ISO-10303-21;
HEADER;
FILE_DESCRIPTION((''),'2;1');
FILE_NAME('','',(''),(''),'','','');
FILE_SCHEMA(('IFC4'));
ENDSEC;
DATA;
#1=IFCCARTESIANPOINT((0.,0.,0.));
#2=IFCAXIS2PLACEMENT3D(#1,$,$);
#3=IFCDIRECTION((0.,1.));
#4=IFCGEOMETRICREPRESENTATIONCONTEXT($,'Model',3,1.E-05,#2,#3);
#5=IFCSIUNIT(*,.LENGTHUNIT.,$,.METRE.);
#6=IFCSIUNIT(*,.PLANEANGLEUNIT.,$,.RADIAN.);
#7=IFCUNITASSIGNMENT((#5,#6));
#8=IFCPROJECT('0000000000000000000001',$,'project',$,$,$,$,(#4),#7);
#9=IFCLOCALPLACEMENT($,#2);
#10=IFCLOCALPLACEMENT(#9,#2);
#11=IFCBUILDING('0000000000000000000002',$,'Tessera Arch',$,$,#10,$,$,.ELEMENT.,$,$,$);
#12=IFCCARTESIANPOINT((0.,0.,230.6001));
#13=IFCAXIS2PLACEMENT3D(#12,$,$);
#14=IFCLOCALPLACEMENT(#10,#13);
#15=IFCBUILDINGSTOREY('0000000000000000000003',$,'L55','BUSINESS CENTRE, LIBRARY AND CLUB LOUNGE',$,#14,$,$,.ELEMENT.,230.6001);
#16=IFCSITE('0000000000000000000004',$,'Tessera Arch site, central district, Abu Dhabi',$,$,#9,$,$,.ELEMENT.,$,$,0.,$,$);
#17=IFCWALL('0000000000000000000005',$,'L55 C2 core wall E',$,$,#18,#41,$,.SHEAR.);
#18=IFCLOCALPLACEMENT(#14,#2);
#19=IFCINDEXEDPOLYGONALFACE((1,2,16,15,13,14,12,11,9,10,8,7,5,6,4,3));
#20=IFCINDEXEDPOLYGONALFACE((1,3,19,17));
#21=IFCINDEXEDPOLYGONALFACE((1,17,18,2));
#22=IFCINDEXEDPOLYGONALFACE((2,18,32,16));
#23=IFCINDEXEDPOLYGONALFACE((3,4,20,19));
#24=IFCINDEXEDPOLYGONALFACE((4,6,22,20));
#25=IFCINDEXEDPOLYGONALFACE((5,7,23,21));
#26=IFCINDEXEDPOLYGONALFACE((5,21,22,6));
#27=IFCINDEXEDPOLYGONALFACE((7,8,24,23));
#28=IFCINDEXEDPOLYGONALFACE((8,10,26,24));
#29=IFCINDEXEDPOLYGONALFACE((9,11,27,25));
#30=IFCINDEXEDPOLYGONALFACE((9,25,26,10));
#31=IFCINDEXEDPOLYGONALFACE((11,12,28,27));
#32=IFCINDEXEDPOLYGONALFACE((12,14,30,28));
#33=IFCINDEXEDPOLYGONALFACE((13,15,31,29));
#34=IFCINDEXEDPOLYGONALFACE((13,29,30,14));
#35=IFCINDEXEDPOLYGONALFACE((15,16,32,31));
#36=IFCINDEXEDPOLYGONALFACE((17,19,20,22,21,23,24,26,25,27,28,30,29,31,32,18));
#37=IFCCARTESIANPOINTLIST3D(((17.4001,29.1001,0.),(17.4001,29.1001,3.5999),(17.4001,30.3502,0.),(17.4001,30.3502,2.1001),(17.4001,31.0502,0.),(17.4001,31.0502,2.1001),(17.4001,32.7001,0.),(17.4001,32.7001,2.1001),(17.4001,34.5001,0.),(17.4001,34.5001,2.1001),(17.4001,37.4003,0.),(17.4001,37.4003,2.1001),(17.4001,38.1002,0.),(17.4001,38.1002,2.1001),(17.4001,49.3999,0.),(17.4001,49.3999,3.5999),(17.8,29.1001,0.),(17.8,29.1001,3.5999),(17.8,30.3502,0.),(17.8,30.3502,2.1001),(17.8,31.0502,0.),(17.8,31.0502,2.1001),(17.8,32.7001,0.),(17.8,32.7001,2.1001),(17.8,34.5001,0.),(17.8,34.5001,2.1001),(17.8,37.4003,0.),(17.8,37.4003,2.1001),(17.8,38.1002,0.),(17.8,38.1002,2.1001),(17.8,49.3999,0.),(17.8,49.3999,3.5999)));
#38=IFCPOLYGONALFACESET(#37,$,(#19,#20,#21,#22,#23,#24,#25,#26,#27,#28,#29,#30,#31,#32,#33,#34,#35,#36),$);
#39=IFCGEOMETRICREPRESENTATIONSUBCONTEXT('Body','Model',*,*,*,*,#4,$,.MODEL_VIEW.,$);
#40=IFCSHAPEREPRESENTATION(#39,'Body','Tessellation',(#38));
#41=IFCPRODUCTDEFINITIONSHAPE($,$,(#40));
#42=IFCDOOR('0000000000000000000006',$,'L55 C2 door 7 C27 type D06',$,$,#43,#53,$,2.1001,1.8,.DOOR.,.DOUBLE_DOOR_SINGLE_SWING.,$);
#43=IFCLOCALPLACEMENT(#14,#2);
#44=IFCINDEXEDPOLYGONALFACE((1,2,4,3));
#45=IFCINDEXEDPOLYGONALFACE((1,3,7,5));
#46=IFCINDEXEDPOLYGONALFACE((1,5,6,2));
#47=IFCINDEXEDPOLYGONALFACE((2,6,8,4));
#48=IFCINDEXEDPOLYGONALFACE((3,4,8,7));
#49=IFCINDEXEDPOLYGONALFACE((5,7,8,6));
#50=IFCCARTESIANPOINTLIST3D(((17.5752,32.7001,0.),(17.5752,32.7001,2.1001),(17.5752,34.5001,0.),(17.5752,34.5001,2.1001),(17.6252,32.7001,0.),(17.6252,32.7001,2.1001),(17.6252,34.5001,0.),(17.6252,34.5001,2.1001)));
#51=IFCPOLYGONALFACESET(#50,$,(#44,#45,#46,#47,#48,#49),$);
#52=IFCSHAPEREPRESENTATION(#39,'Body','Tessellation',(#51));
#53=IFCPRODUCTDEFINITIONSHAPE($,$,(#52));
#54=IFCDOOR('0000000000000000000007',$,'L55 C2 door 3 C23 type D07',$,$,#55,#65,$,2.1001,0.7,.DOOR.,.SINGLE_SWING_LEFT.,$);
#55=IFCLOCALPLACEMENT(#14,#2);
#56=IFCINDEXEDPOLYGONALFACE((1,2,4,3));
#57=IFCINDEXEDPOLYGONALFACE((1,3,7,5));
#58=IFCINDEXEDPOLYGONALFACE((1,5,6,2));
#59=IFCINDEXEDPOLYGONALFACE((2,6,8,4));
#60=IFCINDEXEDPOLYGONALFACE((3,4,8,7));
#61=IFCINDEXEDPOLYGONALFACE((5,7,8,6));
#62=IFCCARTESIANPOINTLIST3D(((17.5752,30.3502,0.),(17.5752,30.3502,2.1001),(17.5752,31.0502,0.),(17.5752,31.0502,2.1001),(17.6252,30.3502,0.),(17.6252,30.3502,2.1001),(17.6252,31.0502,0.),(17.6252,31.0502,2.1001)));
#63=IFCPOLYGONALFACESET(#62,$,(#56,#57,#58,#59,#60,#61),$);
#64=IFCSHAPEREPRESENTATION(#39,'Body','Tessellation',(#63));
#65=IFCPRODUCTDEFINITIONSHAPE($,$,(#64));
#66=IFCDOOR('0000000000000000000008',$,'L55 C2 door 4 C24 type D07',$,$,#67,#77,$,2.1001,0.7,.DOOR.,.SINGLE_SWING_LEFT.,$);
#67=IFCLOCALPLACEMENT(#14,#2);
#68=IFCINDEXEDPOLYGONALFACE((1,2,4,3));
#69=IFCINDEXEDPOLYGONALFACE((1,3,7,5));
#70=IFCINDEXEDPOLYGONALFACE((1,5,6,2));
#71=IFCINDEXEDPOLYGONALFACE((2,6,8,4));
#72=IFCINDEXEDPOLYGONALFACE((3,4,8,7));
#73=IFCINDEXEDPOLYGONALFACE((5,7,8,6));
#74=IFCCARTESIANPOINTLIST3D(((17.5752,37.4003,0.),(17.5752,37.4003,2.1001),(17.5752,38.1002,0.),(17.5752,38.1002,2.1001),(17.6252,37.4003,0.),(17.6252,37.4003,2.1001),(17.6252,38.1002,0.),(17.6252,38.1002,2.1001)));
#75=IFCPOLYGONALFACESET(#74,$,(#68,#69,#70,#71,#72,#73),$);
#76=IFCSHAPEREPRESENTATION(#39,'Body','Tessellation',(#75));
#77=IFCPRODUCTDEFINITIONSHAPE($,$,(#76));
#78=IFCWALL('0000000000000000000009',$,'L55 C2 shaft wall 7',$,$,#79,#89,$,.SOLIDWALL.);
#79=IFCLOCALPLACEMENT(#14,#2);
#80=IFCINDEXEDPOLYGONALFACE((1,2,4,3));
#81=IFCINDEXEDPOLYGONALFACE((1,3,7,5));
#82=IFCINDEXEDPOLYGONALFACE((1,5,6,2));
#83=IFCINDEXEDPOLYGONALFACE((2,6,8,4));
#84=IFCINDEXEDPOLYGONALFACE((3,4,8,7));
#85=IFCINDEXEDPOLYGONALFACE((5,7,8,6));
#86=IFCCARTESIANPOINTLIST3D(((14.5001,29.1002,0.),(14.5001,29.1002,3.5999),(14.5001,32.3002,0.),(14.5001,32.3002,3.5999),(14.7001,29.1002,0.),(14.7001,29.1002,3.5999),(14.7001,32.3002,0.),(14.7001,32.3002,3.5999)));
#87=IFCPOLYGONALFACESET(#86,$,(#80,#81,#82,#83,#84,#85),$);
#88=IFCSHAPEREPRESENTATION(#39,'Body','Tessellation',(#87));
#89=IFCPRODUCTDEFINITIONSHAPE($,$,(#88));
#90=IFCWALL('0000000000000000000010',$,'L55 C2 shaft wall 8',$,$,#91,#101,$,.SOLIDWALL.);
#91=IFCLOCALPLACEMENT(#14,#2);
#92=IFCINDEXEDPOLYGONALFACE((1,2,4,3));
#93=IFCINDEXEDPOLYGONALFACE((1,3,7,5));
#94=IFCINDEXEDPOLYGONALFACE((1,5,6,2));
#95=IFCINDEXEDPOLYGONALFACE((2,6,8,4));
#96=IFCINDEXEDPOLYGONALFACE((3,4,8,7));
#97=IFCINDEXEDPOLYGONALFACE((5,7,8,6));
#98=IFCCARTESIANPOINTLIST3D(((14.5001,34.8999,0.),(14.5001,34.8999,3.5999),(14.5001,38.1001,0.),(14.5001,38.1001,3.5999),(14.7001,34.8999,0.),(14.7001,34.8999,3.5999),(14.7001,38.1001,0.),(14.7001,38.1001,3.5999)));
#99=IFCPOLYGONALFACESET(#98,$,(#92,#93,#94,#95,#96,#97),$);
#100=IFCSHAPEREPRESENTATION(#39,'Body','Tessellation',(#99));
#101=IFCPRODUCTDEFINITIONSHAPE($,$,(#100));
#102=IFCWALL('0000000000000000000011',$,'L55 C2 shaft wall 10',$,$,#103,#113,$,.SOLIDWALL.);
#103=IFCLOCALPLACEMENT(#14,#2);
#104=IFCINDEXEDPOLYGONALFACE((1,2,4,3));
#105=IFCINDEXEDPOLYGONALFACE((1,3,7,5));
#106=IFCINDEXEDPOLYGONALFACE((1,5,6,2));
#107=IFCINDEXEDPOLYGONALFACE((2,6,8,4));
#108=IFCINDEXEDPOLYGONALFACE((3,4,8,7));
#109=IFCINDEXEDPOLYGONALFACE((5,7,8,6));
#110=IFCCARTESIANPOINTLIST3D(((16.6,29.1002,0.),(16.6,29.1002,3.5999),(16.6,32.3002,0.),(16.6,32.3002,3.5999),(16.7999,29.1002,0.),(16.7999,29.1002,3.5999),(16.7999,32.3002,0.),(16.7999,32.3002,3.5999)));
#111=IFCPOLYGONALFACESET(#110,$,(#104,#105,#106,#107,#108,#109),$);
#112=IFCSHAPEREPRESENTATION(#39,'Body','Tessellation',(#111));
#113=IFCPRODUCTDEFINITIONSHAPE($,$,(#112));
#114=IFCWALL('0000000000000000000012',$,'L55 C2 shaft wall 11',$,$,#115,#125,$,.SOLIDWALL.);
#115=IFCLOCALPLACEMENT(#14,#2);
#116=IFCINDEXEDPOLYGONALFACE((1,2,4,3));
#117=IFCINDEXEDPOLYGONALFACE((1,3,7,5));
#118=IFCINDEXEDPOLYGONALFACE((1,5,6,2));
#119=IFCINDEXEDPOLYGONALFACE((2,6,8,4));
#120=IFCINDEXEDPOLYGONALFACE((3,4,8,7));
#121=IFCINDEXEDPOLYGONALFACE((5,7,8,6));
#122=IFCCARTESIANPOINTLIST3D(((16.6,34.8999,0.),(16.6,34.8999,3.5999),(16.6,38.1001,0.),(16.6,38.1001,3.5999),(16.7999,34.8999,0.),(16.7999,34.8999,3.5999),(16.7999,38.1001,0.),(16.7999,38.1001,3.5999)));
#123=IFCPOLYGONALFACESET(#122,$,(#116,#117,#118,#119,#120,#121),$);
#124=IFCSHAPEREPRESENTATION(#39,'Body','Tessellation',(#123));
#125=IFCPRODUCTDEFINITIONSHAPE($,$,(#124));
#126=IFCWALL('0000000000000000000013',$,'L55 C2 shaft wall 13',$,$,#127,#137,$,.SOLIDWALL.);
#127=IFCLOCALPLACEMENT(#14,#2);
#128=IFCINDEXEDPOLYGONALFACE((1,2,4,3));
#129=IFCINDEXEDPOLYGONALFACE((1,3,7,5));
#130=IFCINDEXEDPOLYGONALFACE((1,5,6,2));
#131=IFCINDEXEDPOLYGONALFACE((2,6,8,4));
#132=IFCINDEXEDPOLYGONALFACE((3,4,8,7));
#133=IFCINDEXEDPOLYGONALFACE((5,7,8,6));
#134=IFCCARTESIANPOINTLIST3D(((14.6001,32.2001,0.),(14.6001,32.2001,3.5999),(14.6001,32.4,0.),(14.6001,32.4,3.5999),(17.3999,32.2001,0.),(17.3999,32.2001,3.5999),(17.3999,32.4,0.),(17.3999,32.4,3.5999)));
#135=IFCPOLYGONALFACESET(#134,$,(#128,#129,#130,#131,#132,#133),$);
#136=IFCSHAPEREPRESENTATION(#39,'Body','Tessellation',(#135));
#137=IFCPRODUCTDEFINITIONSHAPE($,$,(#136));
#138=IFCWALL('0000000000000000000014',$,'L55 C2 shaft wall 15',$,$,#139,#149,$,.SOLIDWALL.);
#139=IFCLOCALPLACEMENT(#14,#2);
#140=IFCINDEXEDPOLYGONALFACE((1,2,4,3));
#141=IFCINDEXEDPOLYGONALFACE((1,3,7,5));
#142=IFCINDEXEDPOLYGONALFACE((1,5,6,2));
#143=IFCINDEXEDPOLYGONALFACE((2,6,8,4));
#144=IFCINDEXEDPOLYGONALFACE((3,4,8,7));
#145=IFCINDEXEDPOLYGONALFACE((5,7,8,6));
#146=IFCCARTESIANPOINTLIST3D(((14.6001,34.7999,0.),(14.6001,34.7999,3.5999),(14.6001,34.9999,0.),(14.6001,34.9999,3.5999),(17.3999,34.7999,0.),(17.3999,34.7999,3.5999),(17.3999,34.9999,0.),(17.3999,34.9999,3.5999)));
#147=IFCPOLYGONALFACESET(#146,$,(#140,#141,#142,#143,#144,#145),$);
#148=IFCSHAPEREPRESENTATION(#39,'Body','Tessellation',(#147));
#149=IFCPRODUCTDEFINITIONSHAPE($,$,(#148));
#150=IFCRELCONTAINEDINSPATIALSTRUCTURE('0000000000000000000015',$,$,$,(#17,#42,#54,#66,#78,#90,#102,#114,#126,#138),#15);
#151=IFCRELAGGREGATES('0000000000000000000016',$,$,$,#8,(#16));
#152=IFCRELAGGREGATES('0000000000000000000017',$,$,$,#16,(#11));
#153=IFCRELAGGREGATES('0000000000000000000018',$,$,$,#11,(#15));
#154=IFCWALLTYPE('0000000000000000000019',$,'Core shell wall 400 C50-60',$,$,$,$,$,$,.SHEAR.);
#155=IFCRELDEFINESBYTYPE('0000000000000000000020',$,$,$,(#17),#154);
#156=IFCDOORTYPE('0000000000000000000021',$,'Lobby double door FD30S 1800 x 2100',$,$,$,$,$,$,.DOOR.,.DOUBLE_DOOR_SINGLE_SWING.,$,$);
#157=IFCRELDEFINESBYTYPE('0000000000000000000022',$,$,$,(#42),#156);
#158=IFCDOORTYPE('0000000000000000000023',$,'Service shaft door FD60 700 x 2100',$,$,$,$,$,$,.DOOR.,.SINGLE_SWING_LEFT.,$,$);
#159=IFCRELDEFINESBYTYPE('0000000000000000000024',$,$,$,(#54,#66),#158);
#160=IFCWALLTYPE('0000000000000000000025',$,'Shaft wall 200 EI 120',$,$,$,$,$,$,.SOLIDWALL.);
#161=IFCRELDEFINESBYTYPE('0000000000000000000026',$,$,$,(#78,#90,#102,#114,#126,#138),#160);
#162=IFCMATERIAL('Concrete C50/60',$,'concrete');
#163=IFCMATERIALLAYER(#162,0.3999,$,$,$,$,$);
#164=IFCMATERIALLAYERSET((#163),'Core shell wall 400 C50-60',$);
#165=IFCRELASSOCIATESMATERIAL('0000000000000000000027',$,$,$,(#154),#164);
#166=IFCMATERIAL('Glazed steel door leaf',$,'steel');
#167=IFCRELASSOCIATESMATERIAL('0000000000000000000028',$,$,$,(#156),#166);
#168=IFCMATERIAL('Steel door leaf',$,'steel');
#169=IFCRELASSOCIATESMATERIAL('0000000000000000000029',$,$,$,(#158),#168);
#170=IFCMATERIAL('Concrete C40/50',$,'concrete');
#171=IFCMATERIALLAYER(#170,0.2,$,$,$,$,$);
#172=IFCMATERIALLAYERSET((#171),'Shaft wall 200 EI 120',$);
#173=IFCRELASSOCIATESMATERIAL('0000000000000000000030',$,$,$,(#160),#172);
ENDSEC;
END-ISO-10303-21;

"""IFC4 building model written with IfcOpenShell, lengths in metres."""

from ifc_helpers import new_model, si_unit, direction, frame, frame_2d, origin, place, context, subcontext, project, spatial, rectangle, extrude, material, layer, layer_set, type_object, element, fill, save


model = new_model("IFC4")

# Units and contexts
model_context = context("Model", 3, precision=1e-05, world=origin(), true_north=direction((0.0, 1.0)))
body_context = subcontext(model_context, "Body", "Model", "MODEL_VIEW")
ifc_project = project(units=[si_unit("LENGTHUNIT", "METRE"), si_unit("PLANEANGLEUNIT", "RADIAN")], contexts=[model_context])

# Site, building, storey
site_placement = place(None, origin())
site = spatial("IfcSite", under=ifc_project, at=site_placement, Name="Tessera Arch site, central district, Abu Dhabi", CompositionType="ELEMENT", RefElevation=0.0)
building_placement = place(site_placement, origin())
building = spatial("IfcBuilding", under=site, at=building_placement, Name="Tessera Arch", CompositionType="ELEMENT")
storey_placement = place(building_placement, frame((0.0, 0.0, 230.6001)))
storey = spatial("IfcBuildingStorey", under=building, at=storey_placement, Name="L55", Description="BUSINESS CENTRE, LIBRARY AND CLUB LOUNGE", CompositionType="ELEMENT", Elevation=230.6001)

# Wall, openings, doors
ifc_material_1 = material(Name="Concrete C50/60", Category="concrete")
ifc_layer_1 = layer(ifc_material_1, 0.3999)
ifc_layer_set_1 = layer_set([ifc_layer_1], Name="Core shell wall 400 C50-60")
wall_type_1 = type_object("IfcWallType", Name="Core shell wall 400 C50-60", PredefinedType="SHEAR", material=ifc_layer_set_1)
wall_1_placement = place(storey_placement, frame((17.6001, 29.1001, 0.0), z_axis=(0.0, 0.0, 1.0), x_axis=(0.0, 1.0, 0.0)))
wall_1 = element("IfcWall", 1, at=wall_1_placement, inside=storey, type_object=wall_type_1, Name="L55 C2 core wall E", PredefinedType="SHEAR", context=body_context, shape_type="SweptSolid", body=[
    extrude(rectangle(XDim=20.2998, YDim=0.3999, at=frame_2d((10.1499, 0.0))), origin(), (0.0, 0.0, 1.0), 3.5999),
])
opening_1_placement = place(wall_1_placement, frame((1.25, 0.0, 0.0)))
opening_1 = element("IfcOpeningElement", 2, at=opening_1_placement, cuts=wall_1, PredefinedType="OPENING", context=body_context, shape_type="SweptSolid", body=[
    extrude(rectangle(XDim=0.7, YDim=2.1001, at=frame_2d((0.3501, 1.05))), frame((0.0, 0.21, 0.0), z_axis=(0.0, -1.0, 0.0), x_axis=(1.0, 0.0, 0.0)), (0.0, 0.0, 1.0), 0.4199),
])
opening_2_placement = place(wall_1_placement, frame((8.3, 0.0, 0.0)))
opening_2 = element("IfcOpeningElement", 3, at=opening_2_placement, cuts=wall_1, PredefinedType="OPENING", context=body_context, shape_type="SweptSolid", body=[
    extrude(rectangle(XDim=0.7, YDim=2.1001, at=frame_2d((0.3501, 1.05))), frame((0.0, 0.21, 0.0), z_axis=(0.0, -1.0, 0.0), x_axis=(1.0, 0.0, 0.0)), (0.0, 0.0, 1.0), 0.4199),
])
opening_3_placement = place(wall_1_placement, frame((3.6001, 0.0, 0.0)))
opening_3 = element("IfcOpeningElement", 4, at=opening_3_placement, cuts=wall_1, PredefinedType="OPENING", context=body_context, shape_type="SweptSolid", body=[
    extrude(rectangle(XDim=1.8, YDim=2.1001, at=frame_2d((0.8999, 1.05))), frame((0.0, 0.21, 0.0), z_axis=(0.0, -1.0, 0.0), x_axis=(1.0, 0.0, 0.0)), (0.0, 0.0, 1.0), 0.4199),
])
ifc_material_2 = material(Name="Glazed steel door leaf", Category="steel")
door_type_1 = type_object("IfcDoorType", Name="Lobby double door FD30S 1800 x 2100", OperationType="DOUBLE_DOOR_SINGLE_SWING", PredefinedType="DOOR", material=ifc_material_2)
door_1_placement = place(opening_3_placement, origin())
door_1 = element("IfcDoor", 5, at=door_1_placement, inside=storey, type_object=door_type_1, Name="L55 C2 door 7 C27 type D06", OperationType="DOUBLE_DOOR_SINGLE_SWING", OverallHeight=2.1001, OverallWidth=1.8, PredefinedType="DOOR", context=body_context, shape_type="SweptSolid", body=[
    extrude(rectangle(XDim=1.8, YDim=2.1001, at=frame_2d((0.8999, 1.05))), frame((0.0, 0.0249, 0.0), z_axis=(0.0, -1.0, 0.0), x_axis=(1.0, 0.0, 0.0)), (0.0, 0.0, 1.0), 0.05),
])
fill(opening_3, door_1)
ifc_material_3 = material(Name="Steel door leaf", Category="steel")
door_type_2 = type_object("IfcDoorType", Name="Service shaft door FD60 700 x 2100", OperationType="SINGLE_SWING_LEFT", PredefinedType="DOOR", material=ifc_material_3)
door_2_placement = place(opening_1_placement, origin())
door_2 = element("IfcDoor", 6, at=door_2_placement, inside=storey, type_object=door_type_2, Name="L55 C2 door 3 C23 type D07", OperationType="SINGLE_SWING_LEFT", OverallHeight=2.1001, OverallWidth=0.7, PredefinedType="DOOR", context=body_context, shape_type="SweptSolid", body=[
    extrude(rectangle(XDim=0.7, YDim=2.1001, at=frame_2d((0.3501, 1.05))), frame((0.0, 0.0249, 0.0), z_axis=(0.0, -1.0, 0.0), x_axis=(1.0, 0.0, 0.0)), (0.0, 0.0, 1.0), 0.05),
])
fill(opening_1, door_2)
door_3_placement = place(opening_2_placement, origin())
door_3 = element("IfcDoor", 7, at=door_3_placement, inside=storey, type_object=door_type_2, Name="L55 C2 door 4 C24 type D07", OperationType="SINGLE_SWING_LEFT", OverallHeight=2.1001, OverallWidth=0.7, PredefinedType="DOOR", context=body_context, shape_type="SweptSolid", body=[
    extrude(rectangle(XDim=0.7, YDim=2.1001, at=frame_2d((0.3501, 1.05))), frame((0.0, 0.0249, 0.0), z_axis=(0.0, -1.0, 0.0), x_axis=(1.0, 0.0, 0.0)), (0.0, 0.0, 1.0), 0.05),
])
fill(opening_2, door_3)

# Walls
ifc_material_4 = material(Name="Concrete C40/50", Category="concrete")
ifc_layer_2 = layer(ifc_material_4, 0.2)
ifc_layer_set_2 = layer_set([ifc_layer_2], Name="Shaft wall 200 EI 120")
wall_type_2 = type_object("IfcWallType", Name="Shaft wall 200 EI 120", PredefinedType="SOLIDWALL", material=ifc_layer_set_2)
wall_2_placement = place(storey_placement, frame((14.6001, 29.1001, 0.0), z_axis=(0.0, 0.0, 1.0), x_axis=(0.0, 1.0, 0.0)))
element("IfcWall", 8, at=wall_2_placement, inside=storey, type_object=wall_type_2, Name="L55 C2 shaft wall 7", PredefinedType="SOLIDWALL", context=body_context, shape_type="SweptSolid", body=[
    extrude(rectangle(XDim=3.2, YDim=0.2, at=frame_2d((1.6001, 0.0))), origin(), (0.0, 0.0, 1.0), 3.5999),
])
wall_3_placement = place(storey_placement, frame((14.6001, 34.8999, 0.0), z_axis=(0.0, 0.0, 1.0), x_axis=(0.0, 1.0, 0.0)))
element("IfcWall", 9, at=wall_3_placement, inside=storey, type_object=wall_type_2, Name="L55 C2 shaft wall 8", PredefinedType="SOLIDWALL", context=body_context, shape_type="SweptSolid", body=[
    extrude(rectangle(XDim=3.2002, YDim=0.2, at=frame_2d((1.6001, 0.0))), origin(), (0.0, 0.0, 1.0), 3.5999),
])
wall_4_placement = place(storey_placement, frame((16.7, 29.1001, 0.0), z_axis=(0.0, 0.0, 1.0), x_axis=(0.0, 1.0, 0.0)))
element("IfcWall", 10, at=wall_4_placement, inside=storey, type_object=wall_type_2, Name="L55 C2 shaft wall 10", PredefinedType="SOLIDWALL", context=body_context, shape_type="SweptSolid", body=[
    extrude(rectangle(XDim=3.2, YDim=0.2, at=frame_2d((1.6001, 0.0))), origin(), (0.0, 0.0, 1.0), 3.5999),
])
wall_5_placement = place(storey_placement, frame((16.7, 34.8999, 0.0), z_axis=(0.0, 0.0, 1.0), x_axis=(0.0, 1.0, 0.0)))
element("IfcWall", 11, at=wall_5_placement, inside=storey, type_object=wall_type_2, Name="L55 C2 shaft wall 11", PredefinedType="SOLIDWALL", context=body_context, shape_type="SweptSolid", body=[
    extrude(rectangle(XDim=3.2002, YDim=0.2, at=frame_2d((1.6001, 0.0))), origin(), (0.0, 0.0, 1.0), 3.5999),
])
for number, where, z_axis, x_axis, name in (
    (12, (14.6001, 32.3, 0.0), (0.0, 0.0, 1.0), (1.0, 0.0, 0.0), "L55 C2 shaft wall 13"),
    (13, (14.6001, 34.8999, 0.0), (0.0, 0.0, 1.0), (1.0, 0.0, 0.0), "L55 C2 shaft wall 15"),
):
    element("IfcWall", number, at=place(storey_placement, frame(where, z_axis=z_axis, x_axis=x_axis)), inside=storey, type_object=wall_type_2, Name=name, PredefinedType="SOLIDWALL", context=body_context, shape_type="SweptSolid", body=[
        extrude(rectangle(XDim=2.7998, YDim=0.2, at=frame_2d((1.3999, 0.0))), origin(), (0.0, 0.0, 1.0), 3.5999),
    ])

save(model, "model.ifc")
